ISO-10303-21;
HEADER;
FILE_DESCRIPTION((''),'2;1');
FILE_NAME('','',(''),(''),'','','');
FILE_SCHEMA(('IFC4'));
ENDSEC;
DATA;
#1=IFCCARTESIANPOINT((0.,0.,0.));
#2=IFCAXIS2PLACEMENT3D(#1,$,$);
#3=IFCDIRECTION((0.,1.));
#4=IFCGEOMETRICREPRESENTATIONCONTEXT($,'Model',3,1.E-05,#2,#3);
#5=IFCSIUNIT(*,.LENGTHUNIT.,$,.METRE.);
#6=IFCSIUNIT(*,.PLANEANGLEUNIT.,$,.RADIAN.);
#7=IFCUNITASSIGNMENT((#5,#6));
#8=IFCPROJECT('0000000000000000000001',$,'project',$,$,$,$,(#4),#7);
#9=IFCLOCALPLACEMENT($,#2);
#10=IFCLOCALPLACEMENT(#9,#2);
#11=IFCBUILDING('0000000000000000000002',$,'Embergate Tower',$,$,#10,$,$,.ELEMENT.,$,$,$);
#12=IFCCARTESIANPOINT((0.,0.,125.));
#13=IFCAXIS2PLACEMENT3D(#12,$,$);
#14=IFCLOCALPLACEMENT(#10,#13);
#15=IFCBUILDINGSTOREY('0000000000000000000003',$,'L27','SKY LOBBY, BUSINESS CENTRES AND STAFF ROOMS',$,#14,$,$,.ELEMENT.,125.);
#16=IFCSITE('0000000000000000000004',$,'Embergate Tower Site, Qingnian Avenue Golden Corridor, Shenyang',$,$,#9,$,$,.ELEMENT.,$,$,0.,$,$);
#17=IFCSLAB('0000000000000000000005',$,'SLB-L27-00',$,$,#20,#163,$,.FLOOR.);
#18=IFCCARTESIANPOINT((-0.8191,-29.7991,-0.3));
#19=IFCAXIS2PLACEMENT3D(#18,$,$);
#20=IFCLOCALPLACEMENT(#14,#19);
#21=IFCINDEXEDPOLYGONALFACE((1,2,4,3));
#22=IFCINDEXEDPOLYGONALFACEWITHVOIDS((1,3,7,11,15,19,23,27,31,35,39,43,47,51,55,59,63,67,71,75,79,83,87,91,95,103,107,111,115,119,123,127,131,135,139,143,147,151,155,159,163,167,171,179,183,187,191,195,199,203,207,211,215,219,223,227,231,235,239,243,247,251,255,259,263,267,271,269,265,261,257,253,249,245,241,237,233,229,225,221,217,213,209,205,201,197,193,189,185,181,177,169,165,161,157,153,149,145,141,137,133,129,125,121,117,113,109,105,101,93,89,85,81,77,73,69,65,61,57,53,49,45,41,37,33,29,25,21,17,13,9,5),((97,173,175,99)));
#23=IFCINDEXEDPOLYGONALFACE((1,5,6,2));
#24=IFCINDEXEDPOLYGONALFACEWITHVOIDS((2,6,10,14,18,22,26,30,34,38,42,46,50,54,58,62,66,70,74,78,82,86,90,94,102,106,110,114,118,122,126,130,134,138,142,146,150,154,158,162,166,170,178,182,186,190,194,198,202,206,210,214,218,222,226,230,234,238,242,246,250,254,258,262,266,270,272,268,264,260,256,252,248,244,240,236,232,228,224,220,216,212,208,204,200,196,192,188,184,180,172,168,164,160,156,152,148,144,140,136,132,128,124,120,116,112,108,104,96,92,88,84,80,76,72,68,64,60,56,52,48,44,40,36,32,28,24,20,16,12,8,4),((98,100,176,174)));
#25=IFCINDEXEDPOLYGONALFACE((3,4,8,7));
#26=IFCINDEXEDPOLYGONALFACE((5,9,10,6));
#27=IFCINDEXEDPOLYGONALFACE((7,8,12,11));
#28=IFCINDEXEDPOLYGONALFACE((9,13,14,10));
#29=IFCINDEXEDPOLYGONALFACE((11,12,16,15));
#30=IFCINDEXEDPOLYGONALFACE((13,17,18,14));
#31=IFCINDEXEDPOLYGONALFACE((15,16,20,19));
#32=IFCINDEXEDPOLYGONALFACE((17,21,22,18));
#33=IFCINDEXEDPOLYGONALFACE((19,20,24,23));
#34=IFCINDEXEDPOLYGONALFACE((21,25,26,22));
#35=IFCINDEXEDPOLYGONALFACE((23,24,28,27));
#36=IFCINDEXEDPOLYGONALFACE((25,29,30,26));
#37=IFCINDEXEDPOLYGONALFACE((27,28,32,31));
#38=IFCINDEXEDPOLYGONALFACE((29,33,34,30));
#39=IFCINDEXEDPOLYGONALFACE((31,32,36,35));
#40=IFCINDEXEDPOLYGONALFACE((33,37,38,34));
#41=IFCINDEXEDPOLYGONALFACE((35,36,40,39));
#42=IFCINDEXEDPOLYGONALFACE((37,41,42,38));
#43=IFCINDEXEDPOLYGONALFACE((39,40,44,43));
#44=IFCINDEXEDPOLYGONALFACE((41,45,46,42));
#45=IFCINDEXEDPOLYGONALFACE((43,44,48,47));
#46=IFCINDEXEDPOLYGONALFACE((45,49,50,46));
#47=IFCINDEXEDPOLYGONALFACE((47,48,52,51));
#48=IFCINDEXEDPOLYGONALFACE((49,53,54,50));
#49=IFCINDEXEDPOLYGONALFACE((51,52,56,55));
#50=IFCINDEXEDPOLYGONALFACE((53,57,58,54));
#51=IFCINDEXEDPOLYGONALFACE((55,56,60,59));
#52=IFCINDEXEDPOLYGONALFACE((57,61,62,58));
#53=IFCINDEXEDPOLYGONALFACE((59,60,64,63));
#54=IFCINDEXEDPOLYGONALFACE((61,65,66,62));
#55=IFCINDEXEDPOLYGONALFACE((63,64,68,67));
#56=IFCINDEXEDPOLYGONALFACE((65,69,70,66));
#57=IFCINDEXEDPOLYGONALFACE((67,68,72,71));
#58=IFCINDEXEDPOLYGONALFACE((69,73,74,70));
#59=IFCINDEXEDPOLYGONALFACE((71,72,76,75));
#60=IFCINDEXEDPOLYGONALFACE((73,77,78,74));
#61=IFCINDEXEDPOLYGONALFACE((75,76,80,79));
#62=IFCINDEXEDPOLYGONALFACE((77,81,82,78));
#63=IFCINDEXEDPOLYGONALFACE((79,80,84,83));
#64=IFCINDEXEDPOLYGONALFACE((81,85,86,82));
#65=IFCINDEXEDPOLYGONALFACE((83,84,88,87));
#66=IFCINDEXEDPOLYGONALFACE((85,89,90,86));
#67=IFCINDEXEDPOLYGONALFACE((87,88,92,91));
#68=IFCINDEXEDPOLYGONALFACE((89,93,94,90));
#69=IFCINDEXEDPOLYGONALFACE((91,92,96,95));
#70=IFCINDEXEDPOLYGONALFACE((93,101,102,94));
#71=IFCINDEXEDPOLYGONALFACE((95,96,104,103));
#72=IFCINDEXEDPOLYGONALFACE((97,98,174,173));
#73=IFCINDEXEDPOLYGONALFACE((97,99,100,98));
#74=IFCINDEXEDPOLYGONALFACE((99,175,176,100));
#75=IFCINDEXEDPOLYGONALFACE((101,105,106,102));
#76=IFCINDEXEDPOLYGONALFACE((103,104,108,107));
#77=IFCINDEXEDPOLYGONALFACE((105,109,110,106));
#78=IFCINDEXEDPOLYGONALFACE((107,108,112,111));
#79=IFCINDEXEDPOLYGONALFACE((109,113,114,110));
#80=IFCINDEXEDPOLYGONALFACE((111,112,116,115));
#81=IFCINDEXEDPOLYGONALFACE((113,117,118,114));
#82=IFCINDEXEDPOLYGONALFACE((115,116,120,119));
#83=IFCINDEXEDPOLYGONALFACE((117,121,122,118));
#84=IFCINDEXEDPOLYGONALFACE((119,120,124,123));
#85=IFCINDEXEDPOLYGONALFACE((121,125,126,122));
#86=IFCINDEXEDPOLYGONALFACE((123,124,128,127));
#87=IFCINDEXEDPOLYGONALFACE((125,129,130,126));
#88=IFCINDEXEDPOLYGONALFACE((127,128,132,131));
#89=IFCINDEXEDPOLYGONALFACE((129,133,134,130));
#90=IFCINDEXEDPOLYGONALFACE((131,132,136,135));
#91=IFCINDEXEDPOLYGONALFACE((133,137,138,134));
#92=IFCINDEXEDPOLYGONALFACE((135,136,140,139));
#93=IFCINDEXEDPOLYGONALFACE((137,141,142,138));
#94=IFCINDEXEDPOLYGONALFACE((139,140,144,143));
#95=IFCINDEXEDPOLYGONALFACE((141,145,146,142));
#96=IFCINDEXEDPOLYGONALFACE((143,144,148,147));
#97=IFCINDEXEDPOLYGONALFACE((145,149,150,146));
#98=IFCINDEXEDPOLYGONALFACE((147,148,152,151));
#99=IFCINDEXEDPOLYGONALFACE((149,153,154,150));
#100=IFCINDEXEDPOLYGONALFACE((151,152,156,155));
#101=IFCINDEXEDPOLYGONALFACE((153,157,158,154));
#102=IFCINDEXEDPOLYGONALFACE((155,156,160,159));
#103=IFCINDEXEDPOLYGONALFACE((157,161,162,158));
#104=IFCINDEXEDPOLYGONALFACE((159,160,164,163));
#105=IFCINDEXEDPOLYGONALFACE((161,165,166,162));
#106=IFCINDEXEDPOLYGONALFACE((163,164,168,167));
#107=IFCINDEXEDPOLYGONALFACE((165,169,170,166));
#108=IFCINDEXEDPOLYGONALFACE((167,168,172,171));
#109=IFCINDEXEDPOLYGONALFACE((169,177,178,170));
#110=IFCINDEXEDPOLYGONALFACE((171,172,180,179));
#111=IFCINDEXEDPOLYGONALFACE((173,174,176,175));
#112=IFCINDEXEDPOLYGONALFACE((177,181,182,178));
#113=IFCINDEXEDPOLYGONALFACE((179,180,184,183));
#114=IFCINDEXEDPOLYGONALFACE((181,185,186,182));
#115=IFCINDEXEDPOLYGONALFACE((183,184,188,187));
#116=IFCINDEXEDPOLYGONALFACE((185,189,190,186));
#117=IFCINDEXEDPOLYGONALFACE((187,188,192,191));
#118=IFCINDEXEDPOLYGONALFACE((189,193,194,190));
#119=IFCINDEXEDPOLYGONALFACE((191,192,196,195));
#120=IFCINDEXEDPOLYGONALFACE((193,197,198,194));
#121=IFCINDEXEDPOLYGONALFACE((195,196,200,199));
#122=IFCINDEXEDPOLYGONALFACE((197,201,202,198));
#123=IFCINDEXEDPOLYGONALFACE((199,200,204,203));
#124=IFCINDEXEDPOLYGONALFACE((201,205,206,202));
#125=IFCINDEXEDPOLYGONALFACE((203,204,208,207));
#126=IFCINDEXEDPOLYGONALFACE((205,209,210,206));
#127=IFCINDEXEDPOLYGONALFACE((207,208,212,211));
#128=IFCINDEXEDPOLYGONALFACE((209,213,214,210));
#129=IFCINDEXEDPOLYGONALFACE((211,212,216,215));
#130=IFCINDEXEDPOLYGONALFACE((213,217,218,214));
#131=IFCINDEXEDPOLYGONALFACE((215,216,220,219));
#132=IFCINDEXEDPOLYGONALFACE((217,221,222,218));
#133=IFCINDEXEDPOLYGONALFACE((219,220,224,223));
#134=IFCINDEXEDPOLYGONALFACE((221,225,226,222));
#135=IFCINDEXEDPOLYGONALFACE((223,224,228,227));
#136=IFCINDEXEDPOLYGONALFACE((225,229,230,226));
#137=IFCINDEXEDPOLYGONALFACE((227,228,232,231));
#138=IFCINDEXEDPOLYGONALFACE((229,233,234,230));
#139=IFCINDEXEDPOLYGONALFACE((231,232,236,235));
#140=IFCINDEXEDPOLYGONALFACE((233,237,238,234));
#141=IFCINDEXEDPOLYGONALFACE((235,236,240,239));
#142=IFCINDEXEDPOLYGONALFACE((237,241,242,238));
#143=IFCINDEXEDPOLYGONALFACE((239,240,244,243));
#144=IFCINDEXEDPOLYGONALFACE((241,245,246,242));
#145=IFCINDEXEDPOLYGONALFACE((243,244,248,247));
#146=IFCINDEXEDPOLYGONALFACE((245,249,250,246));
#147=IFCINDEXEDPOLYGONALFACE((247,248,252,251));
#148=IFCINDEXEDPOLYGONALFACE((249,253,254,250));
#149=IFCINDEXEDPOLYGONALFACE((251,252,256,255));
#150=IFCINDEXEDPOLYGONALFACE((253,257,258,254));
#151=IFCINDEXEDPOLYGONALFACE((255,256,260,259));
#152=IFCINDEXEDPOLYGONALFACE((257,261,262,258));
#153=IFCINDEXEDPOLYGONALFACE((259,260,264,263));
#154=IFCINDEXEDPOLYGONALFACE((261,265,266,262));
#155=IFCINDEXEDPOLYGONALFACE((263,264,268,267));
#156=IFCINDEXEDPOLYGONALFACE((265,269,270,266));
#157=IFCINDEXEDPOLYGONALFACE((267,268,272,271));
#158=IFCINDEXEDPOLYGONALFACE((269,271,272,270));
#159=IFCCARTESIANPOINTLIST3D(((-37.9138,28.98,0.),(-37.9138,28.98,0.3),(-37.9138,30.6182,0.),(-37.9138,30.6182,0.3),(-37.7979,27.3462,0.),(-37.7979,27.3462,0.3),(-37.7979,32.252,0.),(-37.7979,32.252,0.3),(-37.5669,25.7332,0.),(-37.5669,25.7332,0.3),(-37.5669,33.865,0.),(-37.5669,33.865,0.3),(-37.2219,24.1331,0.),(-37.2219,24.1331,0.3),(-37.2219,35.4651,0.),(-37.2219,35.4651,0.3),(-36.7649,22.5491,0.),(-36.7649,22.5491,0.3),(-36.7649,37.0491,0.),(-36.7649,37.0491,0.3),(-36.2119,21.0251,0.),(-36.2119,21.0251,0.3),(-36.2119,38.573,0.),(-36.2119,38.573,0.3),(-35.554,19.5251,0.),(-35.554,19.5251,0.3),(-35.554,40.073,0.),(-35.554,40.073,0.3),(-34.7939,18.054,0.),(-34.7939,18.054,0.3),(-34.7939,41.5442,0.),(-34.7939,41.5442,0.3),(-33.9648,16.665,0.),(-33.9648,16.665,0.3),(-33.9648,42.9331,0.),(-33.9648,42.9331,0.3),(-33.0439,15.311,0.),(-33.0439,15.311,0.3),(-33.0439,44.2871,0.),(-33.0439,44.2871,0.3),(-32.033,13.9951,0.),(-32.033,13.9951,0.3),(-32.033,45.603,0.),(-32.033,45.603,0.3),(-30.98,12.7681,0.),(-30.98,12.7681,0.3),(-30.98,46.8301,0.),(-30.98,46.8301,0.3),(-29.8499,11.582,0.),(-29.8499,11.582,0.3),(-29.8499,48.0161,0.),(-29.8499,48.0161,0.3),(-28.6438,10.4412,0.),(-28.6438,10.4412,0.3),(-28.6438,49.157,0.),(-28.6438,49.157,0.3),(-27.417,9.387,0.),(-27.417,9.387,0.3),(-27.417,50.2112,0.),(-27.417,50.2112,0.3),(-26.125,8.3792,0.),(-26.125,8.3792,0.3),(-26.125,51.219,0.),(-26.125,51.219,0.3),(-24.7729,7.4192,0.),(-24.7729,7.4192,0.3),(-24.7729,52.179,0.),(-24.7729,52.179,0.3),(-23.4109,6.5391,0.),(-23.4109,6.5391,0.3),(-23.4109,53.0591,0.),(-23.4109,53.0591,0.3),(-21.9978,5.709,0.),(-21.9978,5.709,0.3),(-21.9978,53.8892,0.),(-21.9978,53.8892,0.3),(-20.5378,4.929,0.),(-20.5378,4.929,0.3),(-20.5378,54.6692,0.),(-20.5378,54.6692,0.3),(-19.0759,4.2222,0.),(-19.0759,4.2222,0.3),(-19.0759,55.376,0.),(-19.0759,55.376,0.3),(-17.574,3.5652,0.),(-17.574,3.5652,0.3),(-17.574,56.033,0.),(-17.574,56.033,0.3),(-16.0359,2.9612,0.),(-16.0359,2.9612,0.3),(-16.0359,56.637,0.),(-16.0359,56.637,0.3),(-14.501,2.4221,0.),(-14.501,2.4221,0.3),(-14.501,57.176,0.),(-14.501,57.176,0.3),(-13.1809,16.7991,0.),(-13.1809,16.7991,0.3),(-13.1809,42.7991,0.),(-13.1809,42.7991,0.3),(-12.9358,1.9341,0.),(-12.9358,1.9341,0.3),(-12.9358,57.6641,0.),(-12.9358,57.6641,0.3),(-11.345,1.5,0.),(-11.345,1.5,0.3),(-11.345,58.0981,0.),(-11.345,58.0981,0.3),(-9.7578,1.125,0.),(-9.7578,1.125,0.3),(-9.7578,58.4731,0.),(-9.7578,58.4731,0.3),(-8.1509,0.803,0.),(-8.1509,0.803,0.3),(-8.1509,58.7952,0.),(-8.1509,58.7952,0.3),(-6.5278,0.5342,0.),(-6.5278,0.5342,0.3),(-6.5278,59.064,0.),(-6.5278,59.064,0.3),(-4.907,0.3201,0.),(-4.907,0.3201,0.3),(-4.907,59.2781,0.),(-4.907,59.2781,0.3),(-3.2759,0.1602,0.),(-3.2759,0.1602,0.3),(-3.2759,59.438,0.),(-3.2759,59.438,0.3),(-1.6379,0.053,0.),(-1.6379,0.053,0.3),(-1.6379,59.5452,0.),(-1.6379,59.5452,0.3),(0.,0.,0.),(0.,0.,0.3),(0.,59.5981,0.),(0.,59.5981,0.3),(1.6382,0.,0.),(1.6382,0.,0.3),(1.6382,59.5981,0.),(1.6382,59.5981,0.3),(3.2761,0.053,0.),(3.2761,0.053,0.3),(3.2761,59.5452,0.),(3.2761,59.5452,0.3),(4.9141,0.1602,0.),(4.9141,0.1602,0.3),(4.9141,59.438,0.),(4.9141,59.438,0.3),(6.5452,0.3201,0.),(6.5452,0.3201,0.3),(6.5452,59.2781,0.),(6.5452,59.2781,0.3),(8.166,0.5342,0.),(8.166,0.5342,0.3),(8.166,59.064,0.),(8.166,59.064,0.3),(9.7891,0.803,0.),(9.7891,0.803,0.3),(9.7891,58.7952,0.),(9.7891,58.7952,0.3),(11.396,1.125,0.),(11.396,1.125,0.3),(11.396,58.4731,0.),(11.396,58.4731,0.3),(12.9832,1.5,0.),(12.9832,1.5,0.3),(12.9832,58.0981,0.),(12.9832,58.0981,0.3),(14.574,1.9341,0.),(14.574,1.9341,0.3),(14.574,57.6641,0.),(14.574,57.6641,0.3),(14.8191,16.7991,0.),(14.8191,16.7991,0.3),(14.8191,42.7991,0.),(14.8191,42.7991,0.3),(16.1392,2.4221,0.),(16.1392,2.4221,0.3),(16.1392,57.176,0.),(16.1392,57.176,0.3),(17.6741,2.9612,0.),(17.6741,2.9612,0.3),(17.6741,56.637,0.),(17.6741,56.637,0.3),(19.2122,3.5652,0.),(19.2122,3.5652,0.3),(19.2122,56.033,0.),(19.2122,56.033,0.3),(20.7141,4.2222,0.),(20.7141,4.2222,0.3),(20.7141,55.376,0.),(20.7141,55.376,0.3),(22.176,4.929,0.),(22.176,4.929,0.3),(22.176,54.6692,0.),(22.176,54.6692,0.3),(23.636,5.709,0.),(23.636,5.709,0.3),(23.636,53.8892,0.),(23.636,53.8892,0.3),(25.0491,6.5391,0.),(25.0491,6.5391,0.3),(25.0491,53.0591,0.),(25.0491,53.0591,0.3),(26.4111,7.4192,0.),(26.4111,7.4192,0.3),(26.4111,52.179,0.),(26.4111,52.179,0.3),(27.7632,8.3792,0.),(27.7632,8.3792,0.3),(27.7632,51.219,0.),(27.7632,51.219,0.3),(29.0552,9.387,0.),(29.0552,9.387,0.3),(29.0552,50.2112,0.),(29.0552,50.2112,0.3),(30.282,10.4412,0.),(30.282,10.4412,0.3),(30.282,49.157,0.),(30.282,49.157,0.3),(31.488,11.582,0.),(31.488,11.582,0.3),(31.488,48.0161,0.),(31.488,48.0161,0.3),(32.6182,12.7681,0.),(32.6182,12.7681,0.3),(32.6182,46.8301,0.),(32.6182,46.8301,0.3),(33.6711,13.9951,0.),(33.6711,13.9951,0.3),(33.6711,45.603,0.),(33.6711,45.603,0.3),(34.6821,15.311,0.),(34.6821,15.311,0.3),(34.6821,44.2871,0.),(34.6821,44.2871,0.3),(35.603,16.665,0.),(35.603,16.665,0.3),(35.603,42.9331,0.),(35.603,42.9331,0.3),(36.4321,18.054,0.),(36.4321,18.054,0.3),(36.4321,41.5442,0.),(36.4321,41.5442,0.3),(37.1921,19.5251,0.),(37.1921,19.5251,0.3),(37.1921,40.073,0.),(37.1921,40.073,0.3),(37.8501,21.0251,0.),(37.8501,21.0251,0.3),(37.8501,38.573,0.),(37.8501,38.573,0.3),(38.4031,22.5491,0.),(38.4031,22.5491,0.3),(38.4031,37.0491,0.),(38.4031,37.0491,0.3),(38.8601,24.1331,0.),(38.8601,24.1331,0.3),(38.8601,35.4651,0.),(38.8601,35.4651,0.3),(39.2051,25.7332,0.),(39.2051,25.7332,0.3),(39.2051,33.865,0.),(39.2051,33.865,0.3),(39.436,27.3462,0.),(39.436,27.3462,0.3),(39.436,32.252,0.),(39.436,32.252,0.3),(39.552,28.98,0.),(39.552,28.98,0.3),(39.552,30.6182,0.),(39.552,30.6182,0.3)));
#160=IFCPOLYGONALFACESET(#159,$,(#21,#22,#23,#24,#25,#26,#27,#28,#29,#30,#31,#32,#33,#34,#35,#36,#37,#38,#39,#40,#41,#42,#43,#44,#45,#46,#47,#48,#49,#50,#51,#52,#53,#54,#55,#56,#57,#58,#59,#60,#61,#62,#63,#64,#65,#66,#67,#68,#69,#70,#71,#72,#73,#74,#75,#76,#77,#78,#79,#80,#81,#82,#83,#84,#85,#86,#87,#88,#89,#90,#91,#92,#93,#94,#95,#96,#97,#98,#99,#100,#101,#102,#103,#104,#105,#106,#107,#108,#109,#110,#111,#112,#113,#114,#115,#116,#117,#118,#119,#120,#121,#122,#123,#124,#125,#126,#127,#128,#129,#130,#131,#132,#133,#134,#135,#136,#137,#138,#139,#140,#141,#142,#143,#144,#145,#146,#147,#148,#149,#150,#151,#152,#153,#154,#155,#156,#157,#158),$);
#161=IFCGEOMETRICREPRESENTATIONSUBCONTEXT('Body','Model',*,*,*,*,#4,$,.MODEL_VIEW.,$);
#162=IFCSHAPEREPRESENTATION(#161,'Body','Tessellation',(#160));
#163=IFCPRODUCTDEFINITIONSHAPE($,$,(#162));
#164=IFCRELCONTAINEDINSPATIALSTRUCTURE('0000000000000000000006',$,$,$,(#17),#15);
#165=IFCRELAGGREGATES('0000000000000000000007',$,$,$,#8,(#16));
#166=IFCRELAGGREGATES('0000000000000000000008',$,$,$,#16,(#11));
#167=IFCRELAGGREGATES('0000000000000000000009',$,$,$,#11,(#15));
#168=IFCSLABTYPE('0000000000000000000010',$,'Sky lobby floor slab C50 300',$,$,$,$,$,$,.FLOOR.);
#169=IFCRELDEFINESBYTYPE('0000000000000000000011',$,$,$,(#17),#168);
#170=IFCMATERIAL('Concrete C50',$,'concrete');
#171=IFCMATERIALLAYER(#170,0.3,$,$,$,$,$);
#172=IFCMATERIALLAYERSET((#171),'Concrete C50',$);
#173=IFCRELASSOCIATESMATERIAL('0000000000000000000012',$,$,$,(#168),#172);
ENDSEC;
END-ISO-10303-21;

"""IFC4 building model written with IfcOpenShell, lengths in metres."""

from ifc_helpers import new_model, si_unit, direction, frame, origin, place, context, subcontext, project, spatial, polyline, outline, extrude, source, transform, mapped, material, layer, layer_set, type_object, element, save


model = new_model("IFC4")

# Units and contexts
model_context = context("Model", 3, precision=1e-05, world=origin(), true_north=direction((0.0, 1.0)))
body_context = subcontext(model_context, "Body", "Model", "MODEL_VIEW")
ifc_project = project(units=[si_unit("LENGTHUNIT", "METRE"), si_unit("PLANEANGLEUNIT", "RADIAN")], contexts=[model_context])

# Site, building, storey
site_placement = place(None, origin())
site = spatial("IfcSite", under=ifc_project, at=site_placement, Name="Embergate Tower Site, Qingnian Avenue Golden Corridor, Shenyang", CompositionType="ELEMENT", RefElevation=0.0)
building_placement = place(site_placement, origin())
building = spatial("IfcBuilding", under=site, at=building_placement, Name="Embergate Tower", CompositionType="ELEMENT")
storey_placement = place(building_placement, frame((0.0, 0.0, 125.0)))
storey = spatial("IfcBuildingStorey", under=building, at=storey_placement, Name="L27", Description="SKY LOBBY, BUSINESS CENTRES AND STAFF ROOMS", CompositionType="ELEMENT", Elevation=125.0)

# Slab
ifc_material_1 = material(Name="Concrete C50", Category="concrete")
ifc_layer_1 = layer(ifc_material_1, 0.3)
ifc_layer_set_1 = layer_set([ifc_layer_1], Name="Concrete C50")
slab_type = type_object("IfcSlabType", Name="Sky lobby floor slab C50 300", PredefinedType="FLOOR", material=ifc_layer_set_1)
shared_shape_1 = source(origin(), body_context, "Body", "SweptSolid", [
    extrude(outline(polyline([(0.0, 0.0), (1.6382, 0.0), (3.2761, 0.053), (4.9141, 0.1602), (6.5452, 0.3201), (8.166, 0.5342), (9.7891, 0.803), (11.396, 1.125), (12.9832, 1.5), (14.574, 1.9341), (16.1392, 2.4221), (17.6741, 2.9612), (19.2122, 3.5652), (20.7141, 4.2222), (22.176, 4.929), (23.636, 5.709), (25.0491, 6.5391), (26.4111, 7.4192), (27.7632, 8.3792), (29.0552, 9.387), (30.282, 10.4412), (31.488, 11.582), (32.6182, 12.7681), (33.6711, 13.9951), (34.6821, 15.311), (35.603, 16.665), (36.4321, 18.054), (37.1921, 19.5251), (37.8501, 21.0251), (38.4031, 22.5491), (38.8601, 24.1331), (39.2051, 25.7332), (39.436, 27.3462), (39.552, 28.98), (39.552, 30.6182), (39.436, 32.252), (39.2051, 33.865), (38.8601, 35.4651), (38.4031, 37.0491), (37.8501, 38.573), (37.1921, 40.073), (36.4321, 41.5442), (35.603, 42.9331), (34.6821, 44.2871), (33.6711, 45.603), (32.6182, 46.8301), (31.488, 48.0161), (30.282, 49.157), (29.0552, 50.2112), (27.7632, 51.219), (26.4111, 52.179), (25.0491, 53.0591), (23.636, 53.8892), (22.176, 54.6692), (20.7141, 55.376), (19.2122, 56.033), (17.6741, 56.637), (16.1392, 57.176), (14.574, 57.6641), (12.9832, 58.0981), (11.396, 58.4731), (9.7891, 58.7952), (8.166, 59.064), (6.5452, 59.2781), (4.9141, 59.438), (3.2761, 59.5452), (1.6382, 59.5981), (0.0, 59.5981), (-1.6379, 59.5452), (-3.2759, 59.438), (-4.907, 59.2781), (-6.5278, 59.064), (-8.1509, 58.7952), (-9.7578, 58.4731), (-11.345, 58.0981), (-12.9358, 57.6641), (-14.501, 57.176), (-16.0359, 56.637), (-17.574, 56.033), (-19.0759, 55.376), (-20.5378, 54.6692), (-21.9978, 53.8892), (-23.4109, 53.0591), (-24.7729, 52.179), (-26.125, 51.219), (-27.417, 50.2112), (-28.6438, 49.157), (-29.8499, 48.0161), (-30.98, 46.8301), (-32.033, 45.603), (-33.0439, 44.2871), (-33.9648, 42.9331), (-34.7939, 41.5442), (-35.554, 40.073), (-36.2119, 38.573), (-36.7649, 37.0491), (-37.2219, 35.4651), (-37.5669, 33.865), (-37.7979, 32.252), (-37.9138, 30.6182), (-37.9138, 28.98), (-37.7979, 27.3462), (-37.5669, 25.7332), (-37.2219, 24.1331), (-36.7649, 22.5491), (-36.2119, 21.0251), (-35.554, 19.5251), (-34.7939, 18.054), (-33.9648, 16.665), (-33.0439, 15.311), (-32.033, 13.9951), (-30.98, 12.7681), (-29.8499, 11.582), (-28.6438, 10.4412), (-27.417, 9.387), (-26.125, 8.3792), (-24.7729, 7.4192), (-23.4109, 6.5391), (-21.9978, 5.709), (-20.5378, 4.929), (-19.0759, 4.2222), (-17.574, 3.5652), (-16.0359, 2.9612), (-14.501, 2.4221), (-12.9358, 1.9341), (-11.345, 1.5), (-9.7578, 1.125), (-8.1509, 0.803), (-6.5278, 0.5342), (-4.907, 0.3201), (-3.2759, 0.1602), (-1.6379, 0.053), (0.0, 0.0)]), holes=[polyline([(-13.1809, 16.7991), (-13.1809, 42.7991), (14.8191, 42.7991), (14.8191, 16.7991), (-13.1809, 16.7991)])]), origin(), (0.0, 0.0, 1.0), 0.3),
])
slab_placement = place(storey_placement, frame((-0.8191, -29.7991, -0.3)))
element("IfcSlab", 1, at=slab_placement, inside=storey, type_object=slab_type, Name="SLB-L27-00", PredefinedType="FLOOR", context=body_context, shape_type="MappedRepresentation", body=[
    mapped(shared_shape_1, transform((0.0, 0.0, 0.0))),
])

save(model, "model.ifc")
